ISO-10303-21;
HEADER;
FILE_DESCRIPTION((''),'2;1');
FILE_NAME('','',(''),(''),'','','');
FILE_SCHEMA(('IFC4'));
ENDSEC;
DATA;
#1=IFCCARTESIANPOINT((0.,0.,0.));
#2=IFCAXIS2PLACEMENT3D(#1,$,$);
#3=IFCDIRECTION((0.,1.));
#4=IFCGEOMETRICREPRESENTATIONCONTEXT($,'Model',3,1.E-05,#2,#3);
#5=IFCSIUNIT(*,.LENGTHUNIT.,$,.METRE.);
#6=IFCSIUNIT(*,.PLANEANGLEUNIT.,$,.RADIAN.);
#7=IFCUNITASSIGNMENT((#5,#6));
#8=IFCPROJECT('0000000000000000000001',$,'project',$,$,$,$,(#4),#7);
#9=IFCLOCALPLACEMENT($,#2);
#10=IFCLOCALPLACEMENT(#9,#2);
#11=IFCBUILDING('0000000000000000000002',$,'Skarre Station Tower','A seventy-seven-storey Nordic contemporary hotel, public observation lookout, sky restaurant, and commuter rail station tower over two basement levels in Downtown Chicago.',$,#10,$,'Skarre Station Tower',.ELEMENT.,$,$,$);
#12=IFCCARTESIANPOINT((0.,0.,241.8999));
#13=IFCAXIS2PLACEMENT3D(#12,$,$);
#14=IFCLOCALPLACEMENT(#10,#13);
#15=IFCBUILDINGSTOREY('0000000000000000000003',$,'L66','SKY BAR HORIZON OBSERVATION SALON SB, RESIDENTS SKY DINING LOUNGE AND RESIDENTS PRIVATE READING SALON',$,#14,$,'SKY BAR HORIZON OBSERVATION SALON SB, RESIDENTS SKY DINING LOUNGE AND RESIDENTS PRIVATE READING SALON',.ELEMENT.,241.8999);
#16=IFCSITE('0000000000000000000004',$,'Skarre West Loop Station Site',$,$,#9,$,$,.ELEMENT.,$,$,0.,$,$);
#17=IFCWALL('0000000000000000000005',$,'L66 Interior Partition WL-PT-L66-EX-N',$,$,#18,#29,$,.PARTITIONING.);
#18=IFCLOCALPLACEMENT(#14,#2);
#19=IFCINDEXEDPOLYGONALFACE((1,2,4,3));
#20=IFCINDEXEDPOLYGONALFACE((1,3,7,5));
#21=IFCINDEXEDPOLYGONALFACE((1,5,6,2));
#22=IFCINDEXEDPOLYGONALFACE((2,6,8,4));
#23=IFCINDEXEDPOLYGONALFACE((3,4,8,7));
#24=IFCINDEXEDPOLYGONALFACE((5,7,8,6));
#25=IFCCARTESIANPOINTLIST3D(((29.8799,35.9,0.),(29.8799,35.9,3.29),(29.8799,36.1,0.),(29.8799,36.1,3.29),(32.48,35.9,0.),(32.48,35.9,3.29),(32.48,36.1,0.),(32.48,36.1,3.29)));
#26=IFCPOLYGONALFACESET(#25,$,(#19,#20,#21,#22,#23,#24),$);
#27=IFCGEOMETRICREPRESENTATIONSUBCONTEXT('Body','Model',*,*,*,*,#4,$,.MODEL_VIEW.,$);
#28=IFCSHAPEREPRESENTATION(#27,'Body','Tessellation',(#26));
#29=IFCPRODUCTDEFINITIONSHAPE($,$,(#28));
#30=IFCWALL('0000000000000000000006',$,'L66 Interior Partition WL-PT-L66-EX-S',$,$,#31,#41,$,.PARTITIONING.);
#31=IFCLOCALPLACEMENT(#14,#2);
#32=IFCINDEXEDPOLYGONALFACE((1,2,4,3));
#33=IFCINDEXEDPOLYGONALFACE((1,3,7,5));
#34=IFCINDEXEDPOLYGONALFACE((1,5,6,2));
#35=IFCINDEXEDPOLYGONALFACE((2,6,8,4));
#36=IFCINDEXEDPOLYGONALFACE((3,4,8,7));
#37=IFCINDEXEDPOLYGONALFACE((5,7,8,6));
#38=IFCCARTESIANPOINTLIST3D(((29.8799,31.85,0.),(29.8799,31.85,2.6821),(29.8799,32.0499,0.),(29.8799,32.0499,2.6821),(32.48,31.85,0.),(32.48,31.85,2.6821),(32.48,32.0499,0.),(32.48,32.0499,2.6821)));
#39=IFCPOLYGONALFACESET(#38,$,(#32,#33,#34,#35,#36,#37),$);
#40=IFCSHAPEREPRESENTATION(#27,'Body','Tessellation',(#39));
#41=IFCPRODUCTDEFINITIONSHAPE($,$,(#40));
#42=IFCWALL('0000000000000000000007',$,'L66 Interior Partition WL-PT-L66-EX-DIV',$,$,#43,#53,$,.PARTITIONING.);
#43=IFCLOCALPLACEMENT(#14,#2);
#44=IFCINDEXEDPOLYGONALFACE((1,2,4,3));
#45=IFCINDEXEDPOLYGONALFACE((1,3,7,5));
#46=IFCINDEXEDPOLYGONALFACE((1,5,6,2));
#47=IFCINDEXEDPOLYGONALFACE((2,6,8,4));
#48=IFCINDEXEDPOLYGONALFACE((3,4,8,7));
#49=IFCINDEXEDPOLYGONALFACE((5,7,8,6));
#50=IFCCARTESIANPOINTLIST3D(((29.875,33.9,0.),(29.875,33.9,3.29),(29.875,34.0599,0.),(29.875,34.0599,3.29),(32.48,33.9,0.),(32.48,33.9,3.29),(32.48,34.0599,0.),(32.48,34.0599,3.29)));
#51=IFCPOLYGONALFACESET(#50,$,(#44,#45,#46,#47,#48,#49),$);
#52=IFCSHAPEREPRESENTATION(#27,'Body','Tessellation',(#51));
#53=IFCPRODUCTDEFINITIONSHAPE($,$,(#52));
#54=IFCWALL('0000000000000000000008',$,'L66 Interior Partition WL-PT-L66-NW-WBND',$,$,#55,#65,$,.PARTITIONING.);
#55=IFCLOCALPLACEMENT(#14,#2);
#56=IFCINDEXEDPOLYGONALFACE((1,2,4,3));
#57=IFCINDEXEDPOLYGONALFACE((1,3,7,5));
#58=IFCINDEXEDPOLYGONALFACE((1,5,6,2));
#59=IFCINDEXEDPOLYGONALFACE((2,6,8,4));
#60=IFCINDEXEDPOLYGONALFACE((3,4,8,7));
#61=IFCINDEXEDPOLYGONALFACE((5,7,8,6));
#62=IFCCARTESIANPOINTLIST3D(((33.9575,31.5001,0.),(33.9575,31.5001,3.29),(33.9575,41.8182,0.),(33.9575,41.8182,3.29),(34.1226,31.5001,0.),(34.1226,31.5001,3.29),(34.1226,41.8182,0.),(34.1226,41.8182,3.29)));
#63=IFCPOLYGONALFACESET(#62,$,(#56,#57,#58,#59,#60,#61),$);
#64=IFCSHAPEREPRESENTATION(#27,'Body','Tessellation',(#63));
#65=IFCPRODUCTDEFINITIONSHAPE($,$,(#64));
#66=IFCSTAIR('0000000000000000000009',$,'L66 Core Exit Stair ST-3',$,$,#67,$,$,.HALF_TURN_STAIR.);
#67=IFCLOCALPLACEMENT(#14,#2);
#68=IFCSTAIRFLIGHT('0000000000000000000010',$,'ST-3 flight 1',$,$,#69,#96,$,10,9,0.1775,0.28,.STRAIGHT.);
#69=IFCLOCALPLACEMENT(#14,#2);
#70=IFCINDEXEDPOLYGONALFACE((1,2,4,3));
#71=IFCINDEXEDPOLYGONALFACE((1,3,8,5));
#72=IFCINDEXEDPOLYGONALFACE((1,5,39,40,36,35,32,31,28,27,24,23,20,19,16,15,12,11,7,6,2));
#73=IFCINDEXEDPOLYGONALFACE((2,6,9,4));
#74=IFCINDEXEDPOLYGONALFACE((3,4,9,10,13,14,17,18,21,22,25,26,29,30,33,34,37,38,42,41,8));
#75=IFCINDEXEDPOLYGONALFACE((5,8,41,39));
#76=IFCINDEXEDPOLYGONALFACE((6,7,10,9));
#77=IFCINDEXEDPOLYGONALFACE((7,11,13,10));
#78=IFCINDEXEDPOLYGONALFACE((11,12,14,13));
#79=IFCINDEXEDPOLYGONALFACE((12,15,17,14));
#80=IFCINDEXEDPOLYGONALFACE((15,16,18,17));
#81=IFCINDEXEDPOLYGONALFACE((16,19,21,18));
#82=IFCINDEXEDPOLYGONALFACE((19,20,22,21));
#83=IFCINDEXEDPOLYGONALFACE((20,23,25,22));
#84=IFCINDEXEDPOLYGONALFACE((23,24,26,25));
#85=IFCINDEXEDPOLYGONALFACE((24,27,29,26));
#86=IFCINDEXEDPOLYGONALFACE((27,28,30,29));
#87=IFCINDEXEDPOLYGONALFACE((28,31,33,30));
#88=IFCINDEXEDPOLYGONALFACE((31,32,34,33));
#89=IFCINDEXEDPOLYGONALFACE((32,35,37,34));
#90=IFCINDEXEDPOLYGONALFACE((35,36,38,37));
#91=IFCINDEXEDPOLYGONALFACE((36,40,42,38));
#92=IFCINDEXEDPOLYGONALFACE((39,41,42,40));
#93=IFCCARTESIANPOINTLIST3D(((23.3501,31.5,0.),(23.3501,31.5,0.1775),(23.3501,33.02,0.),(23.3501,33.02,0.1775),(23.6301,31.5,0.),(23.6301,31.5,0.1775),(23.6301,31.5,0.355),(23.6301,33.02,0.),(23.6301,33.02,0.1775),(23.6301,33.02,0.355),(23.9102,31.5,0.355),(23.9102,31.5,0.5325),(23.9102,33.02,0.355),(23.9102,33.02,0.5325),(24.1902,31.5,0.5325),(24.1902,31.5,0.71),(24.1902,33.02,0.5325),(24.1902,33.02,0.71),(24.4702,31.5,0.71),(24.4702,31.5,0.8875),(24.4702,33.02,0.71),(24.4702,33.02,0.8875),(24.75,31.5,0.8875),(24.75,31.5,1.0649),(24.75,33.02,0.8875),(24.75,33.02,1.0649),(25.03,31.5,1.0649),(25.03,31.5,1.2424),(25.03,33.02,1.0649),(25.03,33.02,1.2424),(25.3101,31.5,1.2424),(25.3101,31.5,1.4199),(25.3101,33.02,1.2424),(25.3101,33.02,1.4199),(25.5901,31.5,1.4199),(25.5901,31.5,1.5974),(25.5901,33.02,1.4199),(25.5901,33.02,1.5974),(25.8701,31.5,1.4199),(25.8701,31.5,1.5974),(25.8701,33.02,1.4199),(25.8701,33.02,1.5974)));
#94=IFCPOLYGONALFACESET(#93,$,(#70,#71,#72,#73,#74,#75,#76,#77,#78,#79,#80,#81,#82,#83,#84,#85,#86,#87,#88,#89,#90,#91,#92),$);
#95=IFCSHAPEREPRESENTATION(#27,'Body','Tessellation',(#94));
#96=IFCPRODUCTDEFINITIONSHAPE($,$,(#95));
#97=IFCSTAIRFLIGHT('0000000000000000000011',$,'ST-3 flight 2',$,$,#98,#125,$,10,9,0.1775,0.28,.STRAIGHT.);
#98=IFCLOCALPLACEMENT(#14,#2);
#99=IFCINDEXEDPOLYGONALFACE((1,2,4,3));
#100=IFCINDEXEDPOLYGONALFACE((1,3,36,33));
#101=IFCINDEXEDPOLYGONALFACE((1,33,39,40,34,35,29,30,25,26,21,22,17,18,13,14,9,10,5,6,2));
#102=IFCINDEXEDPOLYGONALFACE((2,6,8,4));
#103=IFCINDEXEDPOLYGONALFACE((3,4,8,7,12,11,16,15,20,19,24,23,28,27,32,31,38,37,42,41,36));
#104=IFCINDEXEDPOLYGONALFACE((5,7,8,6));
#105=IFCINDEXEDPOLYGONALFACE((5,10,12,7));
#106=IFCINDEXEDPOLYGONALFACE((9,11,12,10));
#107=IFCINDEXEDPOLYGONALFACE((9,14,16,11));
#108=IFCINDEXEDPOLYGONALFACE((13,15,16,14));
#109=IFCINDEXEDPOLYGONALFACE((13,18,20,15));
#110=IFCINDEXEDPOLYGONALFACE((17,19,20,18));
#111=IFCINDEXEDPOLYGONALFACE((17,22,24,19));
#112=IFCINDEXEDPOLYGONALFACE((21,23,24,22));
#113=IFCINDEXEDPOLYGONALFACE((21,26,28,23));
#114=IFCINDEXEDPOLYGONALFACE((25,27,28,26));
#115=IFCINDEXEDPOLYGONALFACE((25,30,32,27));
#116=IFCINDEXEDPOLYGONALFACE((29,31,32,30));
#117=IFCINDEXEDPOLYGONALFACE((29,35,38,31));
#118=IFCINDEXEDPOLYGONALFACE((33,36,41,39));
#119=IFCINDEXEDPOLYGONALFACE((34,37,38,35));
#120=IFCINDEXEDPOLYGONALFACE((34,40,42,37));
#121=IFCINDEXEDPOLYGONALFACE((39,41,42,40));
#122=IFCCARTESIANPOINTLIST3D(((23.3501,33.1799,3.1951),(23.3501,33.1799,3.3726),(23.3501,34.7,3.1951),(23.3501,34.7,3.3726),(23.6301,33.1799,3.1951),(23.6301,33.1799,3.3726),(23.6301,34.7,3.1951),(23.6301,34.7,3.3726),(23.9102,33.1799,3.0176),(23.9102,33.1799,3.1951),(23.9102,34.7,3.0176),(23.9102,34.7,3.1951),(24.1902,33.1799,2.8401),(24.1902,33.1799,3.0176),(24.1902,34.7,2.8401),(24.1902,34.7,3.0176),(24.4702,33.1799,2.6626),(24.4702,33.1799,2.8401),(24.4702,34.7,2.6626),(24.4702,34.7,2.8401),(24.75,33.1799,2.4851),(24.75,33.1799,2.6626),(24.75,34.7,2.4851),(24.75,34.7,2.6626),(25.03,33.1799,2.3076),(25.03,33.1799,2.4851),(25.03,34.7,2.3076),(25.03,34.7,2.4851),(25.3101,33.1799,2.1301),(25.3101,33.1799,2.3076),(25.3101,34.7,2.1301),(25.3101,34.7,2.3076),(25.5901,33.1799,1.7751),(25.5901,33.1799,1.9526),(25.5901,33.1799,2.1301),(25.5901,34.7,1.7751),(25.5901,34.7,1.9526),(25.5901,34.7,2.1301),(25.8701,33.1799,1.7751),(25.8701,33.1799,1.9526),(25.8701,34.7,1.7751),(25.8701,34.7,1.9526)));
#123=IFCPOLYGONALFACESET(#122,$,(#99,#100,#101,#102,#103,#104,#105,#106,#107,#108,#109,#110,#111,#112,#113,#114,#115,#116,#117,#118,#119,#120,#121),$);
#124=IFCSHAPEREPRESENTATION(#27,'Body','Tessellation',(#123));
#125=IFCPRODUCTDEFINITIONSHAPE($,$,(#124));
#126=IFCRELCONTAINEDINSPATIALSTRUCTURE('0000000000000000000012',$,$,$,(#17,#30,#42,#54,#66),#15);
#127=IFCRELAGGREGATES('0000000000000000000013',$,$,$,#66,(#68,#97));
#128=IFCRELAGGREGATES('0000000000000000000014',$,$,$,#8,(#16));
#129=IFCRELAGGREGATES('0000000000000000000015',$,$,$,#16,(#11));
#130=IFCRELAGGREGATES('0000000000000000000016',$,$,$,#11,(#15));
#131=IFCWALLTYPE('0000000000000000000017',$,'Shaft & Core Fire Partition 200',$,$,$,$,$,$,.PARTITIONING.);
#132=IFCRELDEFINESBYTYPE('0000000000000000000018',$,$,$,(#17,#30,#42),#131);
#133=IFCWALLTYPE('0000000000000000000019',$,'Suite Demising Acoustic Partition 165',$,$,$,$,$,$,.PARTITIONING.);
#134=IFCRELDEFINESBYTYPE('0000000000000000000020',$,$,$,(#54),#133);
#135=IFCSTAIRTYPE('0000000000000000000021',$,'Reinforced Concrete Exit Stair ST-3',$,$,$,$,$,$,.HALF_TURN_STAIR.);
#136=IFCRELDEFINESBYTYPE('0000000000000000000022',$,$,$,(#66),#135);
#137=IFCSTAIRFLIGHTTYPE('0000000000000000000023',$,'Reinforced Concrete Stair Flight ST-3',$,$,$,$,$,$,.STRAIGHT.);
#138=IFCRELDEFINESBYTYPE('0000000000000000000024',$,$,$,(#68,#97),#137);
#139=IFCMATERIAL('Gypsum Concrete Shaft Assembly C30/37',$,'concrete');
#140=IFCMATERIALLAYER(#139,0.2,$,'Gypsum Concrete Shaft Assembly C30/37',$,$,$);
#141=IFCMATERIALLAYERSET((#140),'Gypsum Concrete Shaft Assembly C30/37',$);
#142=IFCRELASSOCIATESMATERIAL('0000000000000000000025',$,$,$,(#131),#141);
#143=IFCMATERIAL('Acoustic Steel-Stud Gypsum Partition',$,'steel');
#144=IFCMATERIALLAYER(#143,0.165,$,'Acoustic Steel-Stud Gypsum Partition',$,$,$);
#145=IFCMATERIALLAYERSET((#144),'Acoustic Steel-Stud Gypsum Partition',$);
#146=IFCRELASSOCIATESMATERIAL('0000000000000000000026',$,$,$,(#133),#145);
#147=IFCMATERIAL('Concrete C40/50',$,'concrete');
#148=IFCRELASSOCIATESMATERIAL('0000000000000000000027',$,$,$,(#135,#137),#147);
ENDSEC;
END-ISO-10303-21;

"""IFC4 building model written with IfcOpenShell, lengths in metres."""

from ifc_helpers import new_model, si_unit, direction, frame, frame_2d, origin, place, context, subcontext, project, spatial, polyline, rectangle, outline, extrude, material, layer, layer_set, type_object, element, aggregate, save


model = new_model("IFC4")

# Units and contexts
model_context = context("Model", 3, precision=1e-05, world=origin(), true_north=direction((0.0, 1.0)))
body_context = subcontext(model_context, "Body", "Model", "MODEL_VIEW")
ifc_project = project(units=[si_unit("LENGTHUNIT", "METRE"), si_unit("PLANEANGLEUNIT", "RADIAN")], contexts=[model_context])

# Site, building, storey
site_placement = place(None, origin())
site = spatial("IfcSite", under=ifc_project, at=site_placement, Name="Skarre West Loop Station Site", CompositionType="ELEMENT", RefElevation=0.0)
building_placement = place(site_placement, origin())
building = spatial("IfcBuilding", under=site, at=building_placement, Name="Skarre Station Tower", Description="A seventy-seven-storey Nordic contemporary hotel, public observation lookout, sky restaurant, and commuter rail station tower over two basement levels in Downtown Chicago.", LongName="Skarre Station Tower", CompositionType="ELEMENT")
storey_placement = place(building_placement, frame((0.0, 0.0, 241.8999)))
storey = spatial("IfcBuildingStorey", under=building, at=storey_placement, Name="L66", Description="SKY BAR HORIZON OBSERVATION SALON SB, RESIDENTS SKY DINING LOUNGE AND RESIDENTS PRIVATE READING SALON", LongName="SKY BAR HORIZON OBSERVATION SALON SB, RESIDENTS SKY DINING LOUNGE AND RESIDENTS PRIVATE READING SALON", CompositionType="ELEMENT", Elevation=241.8999)

# Shared definitions
ifc_material_1 = material(Name="Acoustic Steel-Stud Gypsum Partition", Category="steel")

# Walls
ifc_material_2 = material(Name="Gypsum Concrete Shaft Assembly C30/37", Category="concrete")
ifc_layer_1 = layer(ifc_material_2, 0.2, Name="Gypsum Concrete Shaft Assembly C30/37")
ifc_layer_set_1 = layer_set([ifc_layer_1], Name="Gypsum Concrete Shaft Assembly C30/37")
wall_type_1 = type_object("IfcWallType", Name="Shaft & Core Fire Partition 200", PredefinedType="PARTITIONING", material=ifc_layer_set_1)
wall_1_placement = place(storey_placement, frame((29.8799, 36.0, 0.0), z_axis=(0.0, 0.0, 1.0), x_axis=(1.0, 0.0, 0.0)))
element("IfcWall", 1, at=wall_1_placement, inside=storey, type_object=wall_type_1, Name="L66 Interior Partition WL-PT-L66-EX-N", PredefinedType="PARTITIONING", context=body_context, shape_type="SweptSolid", body=[
    extrude(rectangle(XDim=2.6001, YDim=0.2, at=frame_2d((1.3, 0.0))), origin(), (0.0, 0.0, 1.0), 3.29),
])
wall_2_placement = place(storey_placement, frame((32.48, 31.95, 0.0), z_axis=(0.0, 0.0, 1.0), x_axis=(-1.0, 0.0, 0.0)))
element("IfcWall", 2, at=wall_2_placement, inside=storey, type_object=wall_type_1, Name="L66 Interior Partition WL-PT-L66-EX-S", PredefinedType="PARTITIONING", context=body_context, shape_type="SweptSolid", body=[
    extrude(rectangle(XDim=2.6001, YDim=0.2, at=frame_2d((1.3, 0.0))), origin(), (0.0, 0.0, 1.0), 2.6821),
])
wall_3_placement = place(storey_placement, frame((29.875, 33.98, 0.0), z_axis=(0.0, 0.0, 1.0), x_axis=(1.0, 0.0, 0.0)))
element("IfcWall", 3, at=wall_3_placement, inside=storey, type_object=wall_type_1, Name="L66 Interior Partition WL-PT-L66-EX-DIV", PredefinedType="PARTITIONING", context=body_context, shape_type="SweptSolid", body=[
    extrude(rectangle(XDim=2.605, YDim=0.1599, at=frame_2d((1.3025, 0.0))), origin(), (0.0, 0.0, 1.0), 3.29),
])
ifc_layer_2 = layer(ifc_material_1, 0.165, Name="Acoustic Steel-Stud Gypsum Partition")
ifc_layer_set_2 = layer_set([ifc_layer_2], Name="Acoustic Steel-Stud Gypsum Partition")
wall_type_2 = type_object("IfcWallType", Name="Suite Demising Acoustic Partition 165", PredefinedType="PARTITIONING", material=ifc_layer_set_2)
wall_4_placement = place(storey_placement, frame((34.04, 31.5, 0.0), z_axis=(0.0, 0.0, 1.0), x_axis=(0.0, 1.0, 0.0)))
element("IfcWall", 4, at=wall_4_placement, inside=storey, type_object=wall_type_2, Name="L66 Interior Partition WL-PT-L66-NW-WBND", PredefinedType="PARTITIONING", context=body_context, shape_type="SweptSolid", body=[
    extrude(rectangle(XDim=10.3181, YDim=0.165, at=frame_2d((5.1592, 0.0))), origin(), (0.0, 0.0, 1.0), 3.29),
])

# Stair, stair flights
ifc_material_3 = material(Name="Concrete C40/50", Category="concrete")
stair_type = type_object("IfcStairType", Name="Reinforced Concrete Exit Stair ST-3", PredefinedType="HALF_TURN_STAIR", material=ifc_material_3)
stair_placement = place(storey_placement, origin())
stair = element("IfcStair", 5, at=stair_placement, inside=storey, type_object=stair_type, Name="L66 Core Exit Stair ST-3", PredefinedType="HALF_TURN_STAIR")
stair_flight_type = type_object("IfcStairFlightType", Name="Reinforced Concrete Stair Flight ST-3", PredefinedType="STRAIGHT", material=ifc_material_3)
stair_flight_1_placement = place(storey_placement, frame((23.3501, 32.26, 0.0), z_axis=(0.0, 0.0, 1.0), x_axis=(1.0, 0.0, 0.0)))
stair_flight_1 = element("IfcStairFlight", 6, at=stair_flight_1_placement, type_object=stair_flight_type, Name="ST-3 flight 1", NumberOfRisers=10, NumberOfTreads=9, PredefinedType="STRAIGHT", RiserHeight=0.1775, TreadLength=0.28, context=body_context, shape_type="SweptSolid", body=[
    extrude(outline(polyline([(0.0, 0.0), (0.0, 0.1775), (0.28, 0.1775), (0.28, 0.355), (0.5601, 0.355), (0.5601, 0.5325), (0.8401, 0.5325), (0.8401, 0.71), (1.1201, 0.71), (1.1201, 0.8875), (1.3999, 0.8875), (1.3999, 1.0649), (1.6799, 1.0649), (1.6799, 1.2424), (1.96, 1.2424), (1.96, 1.4199), (2.24, 1.4199), (2.24, 1.5974), (2.52, 1.5974), (2.52, 1.7749), (2.52, 1.4199), (0.28, 0.0), (0.0, 0.0)])), frame((0.0, 0.76, 0.0), z_axis=(0.0, -1.0, 0.0), x_axis=(1.0, 0.0, 0.0)), (0.0, 0.0, 1.0), 1.52),
])
stair_flight_2_placement = place(storey_placement, frame((25.8701, 33.9399, 1.7751), z_axis=(0.0, 0.0, 1.0), x_axis=(-1.0, 0.0, 0.0)))
stair_flight_2 = element("IfcStairFlight", 7, at=stair_flight_2_placement, type_object=stair_flight_type, Name="ST-3 flight 2", NumberOfRisers=10, NumberOfTreads=9, PredefinedType="STRAIGHT", RiserHeight=0.1775, TreadLength=0.28, context=body_context, shape_type="SweptSolid", body=[
    extrude(outline(polyline([(0.0, 0.0), (0.0, 0.1775), (0.28, 0.1775), (0.28, 0.355), (0.5601, 0.355), (0.5601, 0.5325), (0.8401, 0.5325), (0.8401, 0.71), (1.1201, 0.71), (1.1201, 0.8875), (1.3999, 0.8875), (1.3999, 1.0649), (1.6799, 1.0649), (1.6799, 1.2424), (1.96, 1.2424), (1.96, 1.4199), (2.24, 1.4199), (2.24, 1.5974), (2.52, 1.5974), (2.52, 1.7749), (2.52, 1.4199), (0.28, 0.0), (0.0, 0.0)])), frame((0.0, 0.76, 0.0), z_axis=(0.0, -1.0, 0.0), x_axis=(1.0, 0.0, 0.0)), (0.0, 0.0, 1.0), 1.52),
])
aggregate(stair, [stair_flight_1, stair_flight_2])

save(model, "model.ifc")
